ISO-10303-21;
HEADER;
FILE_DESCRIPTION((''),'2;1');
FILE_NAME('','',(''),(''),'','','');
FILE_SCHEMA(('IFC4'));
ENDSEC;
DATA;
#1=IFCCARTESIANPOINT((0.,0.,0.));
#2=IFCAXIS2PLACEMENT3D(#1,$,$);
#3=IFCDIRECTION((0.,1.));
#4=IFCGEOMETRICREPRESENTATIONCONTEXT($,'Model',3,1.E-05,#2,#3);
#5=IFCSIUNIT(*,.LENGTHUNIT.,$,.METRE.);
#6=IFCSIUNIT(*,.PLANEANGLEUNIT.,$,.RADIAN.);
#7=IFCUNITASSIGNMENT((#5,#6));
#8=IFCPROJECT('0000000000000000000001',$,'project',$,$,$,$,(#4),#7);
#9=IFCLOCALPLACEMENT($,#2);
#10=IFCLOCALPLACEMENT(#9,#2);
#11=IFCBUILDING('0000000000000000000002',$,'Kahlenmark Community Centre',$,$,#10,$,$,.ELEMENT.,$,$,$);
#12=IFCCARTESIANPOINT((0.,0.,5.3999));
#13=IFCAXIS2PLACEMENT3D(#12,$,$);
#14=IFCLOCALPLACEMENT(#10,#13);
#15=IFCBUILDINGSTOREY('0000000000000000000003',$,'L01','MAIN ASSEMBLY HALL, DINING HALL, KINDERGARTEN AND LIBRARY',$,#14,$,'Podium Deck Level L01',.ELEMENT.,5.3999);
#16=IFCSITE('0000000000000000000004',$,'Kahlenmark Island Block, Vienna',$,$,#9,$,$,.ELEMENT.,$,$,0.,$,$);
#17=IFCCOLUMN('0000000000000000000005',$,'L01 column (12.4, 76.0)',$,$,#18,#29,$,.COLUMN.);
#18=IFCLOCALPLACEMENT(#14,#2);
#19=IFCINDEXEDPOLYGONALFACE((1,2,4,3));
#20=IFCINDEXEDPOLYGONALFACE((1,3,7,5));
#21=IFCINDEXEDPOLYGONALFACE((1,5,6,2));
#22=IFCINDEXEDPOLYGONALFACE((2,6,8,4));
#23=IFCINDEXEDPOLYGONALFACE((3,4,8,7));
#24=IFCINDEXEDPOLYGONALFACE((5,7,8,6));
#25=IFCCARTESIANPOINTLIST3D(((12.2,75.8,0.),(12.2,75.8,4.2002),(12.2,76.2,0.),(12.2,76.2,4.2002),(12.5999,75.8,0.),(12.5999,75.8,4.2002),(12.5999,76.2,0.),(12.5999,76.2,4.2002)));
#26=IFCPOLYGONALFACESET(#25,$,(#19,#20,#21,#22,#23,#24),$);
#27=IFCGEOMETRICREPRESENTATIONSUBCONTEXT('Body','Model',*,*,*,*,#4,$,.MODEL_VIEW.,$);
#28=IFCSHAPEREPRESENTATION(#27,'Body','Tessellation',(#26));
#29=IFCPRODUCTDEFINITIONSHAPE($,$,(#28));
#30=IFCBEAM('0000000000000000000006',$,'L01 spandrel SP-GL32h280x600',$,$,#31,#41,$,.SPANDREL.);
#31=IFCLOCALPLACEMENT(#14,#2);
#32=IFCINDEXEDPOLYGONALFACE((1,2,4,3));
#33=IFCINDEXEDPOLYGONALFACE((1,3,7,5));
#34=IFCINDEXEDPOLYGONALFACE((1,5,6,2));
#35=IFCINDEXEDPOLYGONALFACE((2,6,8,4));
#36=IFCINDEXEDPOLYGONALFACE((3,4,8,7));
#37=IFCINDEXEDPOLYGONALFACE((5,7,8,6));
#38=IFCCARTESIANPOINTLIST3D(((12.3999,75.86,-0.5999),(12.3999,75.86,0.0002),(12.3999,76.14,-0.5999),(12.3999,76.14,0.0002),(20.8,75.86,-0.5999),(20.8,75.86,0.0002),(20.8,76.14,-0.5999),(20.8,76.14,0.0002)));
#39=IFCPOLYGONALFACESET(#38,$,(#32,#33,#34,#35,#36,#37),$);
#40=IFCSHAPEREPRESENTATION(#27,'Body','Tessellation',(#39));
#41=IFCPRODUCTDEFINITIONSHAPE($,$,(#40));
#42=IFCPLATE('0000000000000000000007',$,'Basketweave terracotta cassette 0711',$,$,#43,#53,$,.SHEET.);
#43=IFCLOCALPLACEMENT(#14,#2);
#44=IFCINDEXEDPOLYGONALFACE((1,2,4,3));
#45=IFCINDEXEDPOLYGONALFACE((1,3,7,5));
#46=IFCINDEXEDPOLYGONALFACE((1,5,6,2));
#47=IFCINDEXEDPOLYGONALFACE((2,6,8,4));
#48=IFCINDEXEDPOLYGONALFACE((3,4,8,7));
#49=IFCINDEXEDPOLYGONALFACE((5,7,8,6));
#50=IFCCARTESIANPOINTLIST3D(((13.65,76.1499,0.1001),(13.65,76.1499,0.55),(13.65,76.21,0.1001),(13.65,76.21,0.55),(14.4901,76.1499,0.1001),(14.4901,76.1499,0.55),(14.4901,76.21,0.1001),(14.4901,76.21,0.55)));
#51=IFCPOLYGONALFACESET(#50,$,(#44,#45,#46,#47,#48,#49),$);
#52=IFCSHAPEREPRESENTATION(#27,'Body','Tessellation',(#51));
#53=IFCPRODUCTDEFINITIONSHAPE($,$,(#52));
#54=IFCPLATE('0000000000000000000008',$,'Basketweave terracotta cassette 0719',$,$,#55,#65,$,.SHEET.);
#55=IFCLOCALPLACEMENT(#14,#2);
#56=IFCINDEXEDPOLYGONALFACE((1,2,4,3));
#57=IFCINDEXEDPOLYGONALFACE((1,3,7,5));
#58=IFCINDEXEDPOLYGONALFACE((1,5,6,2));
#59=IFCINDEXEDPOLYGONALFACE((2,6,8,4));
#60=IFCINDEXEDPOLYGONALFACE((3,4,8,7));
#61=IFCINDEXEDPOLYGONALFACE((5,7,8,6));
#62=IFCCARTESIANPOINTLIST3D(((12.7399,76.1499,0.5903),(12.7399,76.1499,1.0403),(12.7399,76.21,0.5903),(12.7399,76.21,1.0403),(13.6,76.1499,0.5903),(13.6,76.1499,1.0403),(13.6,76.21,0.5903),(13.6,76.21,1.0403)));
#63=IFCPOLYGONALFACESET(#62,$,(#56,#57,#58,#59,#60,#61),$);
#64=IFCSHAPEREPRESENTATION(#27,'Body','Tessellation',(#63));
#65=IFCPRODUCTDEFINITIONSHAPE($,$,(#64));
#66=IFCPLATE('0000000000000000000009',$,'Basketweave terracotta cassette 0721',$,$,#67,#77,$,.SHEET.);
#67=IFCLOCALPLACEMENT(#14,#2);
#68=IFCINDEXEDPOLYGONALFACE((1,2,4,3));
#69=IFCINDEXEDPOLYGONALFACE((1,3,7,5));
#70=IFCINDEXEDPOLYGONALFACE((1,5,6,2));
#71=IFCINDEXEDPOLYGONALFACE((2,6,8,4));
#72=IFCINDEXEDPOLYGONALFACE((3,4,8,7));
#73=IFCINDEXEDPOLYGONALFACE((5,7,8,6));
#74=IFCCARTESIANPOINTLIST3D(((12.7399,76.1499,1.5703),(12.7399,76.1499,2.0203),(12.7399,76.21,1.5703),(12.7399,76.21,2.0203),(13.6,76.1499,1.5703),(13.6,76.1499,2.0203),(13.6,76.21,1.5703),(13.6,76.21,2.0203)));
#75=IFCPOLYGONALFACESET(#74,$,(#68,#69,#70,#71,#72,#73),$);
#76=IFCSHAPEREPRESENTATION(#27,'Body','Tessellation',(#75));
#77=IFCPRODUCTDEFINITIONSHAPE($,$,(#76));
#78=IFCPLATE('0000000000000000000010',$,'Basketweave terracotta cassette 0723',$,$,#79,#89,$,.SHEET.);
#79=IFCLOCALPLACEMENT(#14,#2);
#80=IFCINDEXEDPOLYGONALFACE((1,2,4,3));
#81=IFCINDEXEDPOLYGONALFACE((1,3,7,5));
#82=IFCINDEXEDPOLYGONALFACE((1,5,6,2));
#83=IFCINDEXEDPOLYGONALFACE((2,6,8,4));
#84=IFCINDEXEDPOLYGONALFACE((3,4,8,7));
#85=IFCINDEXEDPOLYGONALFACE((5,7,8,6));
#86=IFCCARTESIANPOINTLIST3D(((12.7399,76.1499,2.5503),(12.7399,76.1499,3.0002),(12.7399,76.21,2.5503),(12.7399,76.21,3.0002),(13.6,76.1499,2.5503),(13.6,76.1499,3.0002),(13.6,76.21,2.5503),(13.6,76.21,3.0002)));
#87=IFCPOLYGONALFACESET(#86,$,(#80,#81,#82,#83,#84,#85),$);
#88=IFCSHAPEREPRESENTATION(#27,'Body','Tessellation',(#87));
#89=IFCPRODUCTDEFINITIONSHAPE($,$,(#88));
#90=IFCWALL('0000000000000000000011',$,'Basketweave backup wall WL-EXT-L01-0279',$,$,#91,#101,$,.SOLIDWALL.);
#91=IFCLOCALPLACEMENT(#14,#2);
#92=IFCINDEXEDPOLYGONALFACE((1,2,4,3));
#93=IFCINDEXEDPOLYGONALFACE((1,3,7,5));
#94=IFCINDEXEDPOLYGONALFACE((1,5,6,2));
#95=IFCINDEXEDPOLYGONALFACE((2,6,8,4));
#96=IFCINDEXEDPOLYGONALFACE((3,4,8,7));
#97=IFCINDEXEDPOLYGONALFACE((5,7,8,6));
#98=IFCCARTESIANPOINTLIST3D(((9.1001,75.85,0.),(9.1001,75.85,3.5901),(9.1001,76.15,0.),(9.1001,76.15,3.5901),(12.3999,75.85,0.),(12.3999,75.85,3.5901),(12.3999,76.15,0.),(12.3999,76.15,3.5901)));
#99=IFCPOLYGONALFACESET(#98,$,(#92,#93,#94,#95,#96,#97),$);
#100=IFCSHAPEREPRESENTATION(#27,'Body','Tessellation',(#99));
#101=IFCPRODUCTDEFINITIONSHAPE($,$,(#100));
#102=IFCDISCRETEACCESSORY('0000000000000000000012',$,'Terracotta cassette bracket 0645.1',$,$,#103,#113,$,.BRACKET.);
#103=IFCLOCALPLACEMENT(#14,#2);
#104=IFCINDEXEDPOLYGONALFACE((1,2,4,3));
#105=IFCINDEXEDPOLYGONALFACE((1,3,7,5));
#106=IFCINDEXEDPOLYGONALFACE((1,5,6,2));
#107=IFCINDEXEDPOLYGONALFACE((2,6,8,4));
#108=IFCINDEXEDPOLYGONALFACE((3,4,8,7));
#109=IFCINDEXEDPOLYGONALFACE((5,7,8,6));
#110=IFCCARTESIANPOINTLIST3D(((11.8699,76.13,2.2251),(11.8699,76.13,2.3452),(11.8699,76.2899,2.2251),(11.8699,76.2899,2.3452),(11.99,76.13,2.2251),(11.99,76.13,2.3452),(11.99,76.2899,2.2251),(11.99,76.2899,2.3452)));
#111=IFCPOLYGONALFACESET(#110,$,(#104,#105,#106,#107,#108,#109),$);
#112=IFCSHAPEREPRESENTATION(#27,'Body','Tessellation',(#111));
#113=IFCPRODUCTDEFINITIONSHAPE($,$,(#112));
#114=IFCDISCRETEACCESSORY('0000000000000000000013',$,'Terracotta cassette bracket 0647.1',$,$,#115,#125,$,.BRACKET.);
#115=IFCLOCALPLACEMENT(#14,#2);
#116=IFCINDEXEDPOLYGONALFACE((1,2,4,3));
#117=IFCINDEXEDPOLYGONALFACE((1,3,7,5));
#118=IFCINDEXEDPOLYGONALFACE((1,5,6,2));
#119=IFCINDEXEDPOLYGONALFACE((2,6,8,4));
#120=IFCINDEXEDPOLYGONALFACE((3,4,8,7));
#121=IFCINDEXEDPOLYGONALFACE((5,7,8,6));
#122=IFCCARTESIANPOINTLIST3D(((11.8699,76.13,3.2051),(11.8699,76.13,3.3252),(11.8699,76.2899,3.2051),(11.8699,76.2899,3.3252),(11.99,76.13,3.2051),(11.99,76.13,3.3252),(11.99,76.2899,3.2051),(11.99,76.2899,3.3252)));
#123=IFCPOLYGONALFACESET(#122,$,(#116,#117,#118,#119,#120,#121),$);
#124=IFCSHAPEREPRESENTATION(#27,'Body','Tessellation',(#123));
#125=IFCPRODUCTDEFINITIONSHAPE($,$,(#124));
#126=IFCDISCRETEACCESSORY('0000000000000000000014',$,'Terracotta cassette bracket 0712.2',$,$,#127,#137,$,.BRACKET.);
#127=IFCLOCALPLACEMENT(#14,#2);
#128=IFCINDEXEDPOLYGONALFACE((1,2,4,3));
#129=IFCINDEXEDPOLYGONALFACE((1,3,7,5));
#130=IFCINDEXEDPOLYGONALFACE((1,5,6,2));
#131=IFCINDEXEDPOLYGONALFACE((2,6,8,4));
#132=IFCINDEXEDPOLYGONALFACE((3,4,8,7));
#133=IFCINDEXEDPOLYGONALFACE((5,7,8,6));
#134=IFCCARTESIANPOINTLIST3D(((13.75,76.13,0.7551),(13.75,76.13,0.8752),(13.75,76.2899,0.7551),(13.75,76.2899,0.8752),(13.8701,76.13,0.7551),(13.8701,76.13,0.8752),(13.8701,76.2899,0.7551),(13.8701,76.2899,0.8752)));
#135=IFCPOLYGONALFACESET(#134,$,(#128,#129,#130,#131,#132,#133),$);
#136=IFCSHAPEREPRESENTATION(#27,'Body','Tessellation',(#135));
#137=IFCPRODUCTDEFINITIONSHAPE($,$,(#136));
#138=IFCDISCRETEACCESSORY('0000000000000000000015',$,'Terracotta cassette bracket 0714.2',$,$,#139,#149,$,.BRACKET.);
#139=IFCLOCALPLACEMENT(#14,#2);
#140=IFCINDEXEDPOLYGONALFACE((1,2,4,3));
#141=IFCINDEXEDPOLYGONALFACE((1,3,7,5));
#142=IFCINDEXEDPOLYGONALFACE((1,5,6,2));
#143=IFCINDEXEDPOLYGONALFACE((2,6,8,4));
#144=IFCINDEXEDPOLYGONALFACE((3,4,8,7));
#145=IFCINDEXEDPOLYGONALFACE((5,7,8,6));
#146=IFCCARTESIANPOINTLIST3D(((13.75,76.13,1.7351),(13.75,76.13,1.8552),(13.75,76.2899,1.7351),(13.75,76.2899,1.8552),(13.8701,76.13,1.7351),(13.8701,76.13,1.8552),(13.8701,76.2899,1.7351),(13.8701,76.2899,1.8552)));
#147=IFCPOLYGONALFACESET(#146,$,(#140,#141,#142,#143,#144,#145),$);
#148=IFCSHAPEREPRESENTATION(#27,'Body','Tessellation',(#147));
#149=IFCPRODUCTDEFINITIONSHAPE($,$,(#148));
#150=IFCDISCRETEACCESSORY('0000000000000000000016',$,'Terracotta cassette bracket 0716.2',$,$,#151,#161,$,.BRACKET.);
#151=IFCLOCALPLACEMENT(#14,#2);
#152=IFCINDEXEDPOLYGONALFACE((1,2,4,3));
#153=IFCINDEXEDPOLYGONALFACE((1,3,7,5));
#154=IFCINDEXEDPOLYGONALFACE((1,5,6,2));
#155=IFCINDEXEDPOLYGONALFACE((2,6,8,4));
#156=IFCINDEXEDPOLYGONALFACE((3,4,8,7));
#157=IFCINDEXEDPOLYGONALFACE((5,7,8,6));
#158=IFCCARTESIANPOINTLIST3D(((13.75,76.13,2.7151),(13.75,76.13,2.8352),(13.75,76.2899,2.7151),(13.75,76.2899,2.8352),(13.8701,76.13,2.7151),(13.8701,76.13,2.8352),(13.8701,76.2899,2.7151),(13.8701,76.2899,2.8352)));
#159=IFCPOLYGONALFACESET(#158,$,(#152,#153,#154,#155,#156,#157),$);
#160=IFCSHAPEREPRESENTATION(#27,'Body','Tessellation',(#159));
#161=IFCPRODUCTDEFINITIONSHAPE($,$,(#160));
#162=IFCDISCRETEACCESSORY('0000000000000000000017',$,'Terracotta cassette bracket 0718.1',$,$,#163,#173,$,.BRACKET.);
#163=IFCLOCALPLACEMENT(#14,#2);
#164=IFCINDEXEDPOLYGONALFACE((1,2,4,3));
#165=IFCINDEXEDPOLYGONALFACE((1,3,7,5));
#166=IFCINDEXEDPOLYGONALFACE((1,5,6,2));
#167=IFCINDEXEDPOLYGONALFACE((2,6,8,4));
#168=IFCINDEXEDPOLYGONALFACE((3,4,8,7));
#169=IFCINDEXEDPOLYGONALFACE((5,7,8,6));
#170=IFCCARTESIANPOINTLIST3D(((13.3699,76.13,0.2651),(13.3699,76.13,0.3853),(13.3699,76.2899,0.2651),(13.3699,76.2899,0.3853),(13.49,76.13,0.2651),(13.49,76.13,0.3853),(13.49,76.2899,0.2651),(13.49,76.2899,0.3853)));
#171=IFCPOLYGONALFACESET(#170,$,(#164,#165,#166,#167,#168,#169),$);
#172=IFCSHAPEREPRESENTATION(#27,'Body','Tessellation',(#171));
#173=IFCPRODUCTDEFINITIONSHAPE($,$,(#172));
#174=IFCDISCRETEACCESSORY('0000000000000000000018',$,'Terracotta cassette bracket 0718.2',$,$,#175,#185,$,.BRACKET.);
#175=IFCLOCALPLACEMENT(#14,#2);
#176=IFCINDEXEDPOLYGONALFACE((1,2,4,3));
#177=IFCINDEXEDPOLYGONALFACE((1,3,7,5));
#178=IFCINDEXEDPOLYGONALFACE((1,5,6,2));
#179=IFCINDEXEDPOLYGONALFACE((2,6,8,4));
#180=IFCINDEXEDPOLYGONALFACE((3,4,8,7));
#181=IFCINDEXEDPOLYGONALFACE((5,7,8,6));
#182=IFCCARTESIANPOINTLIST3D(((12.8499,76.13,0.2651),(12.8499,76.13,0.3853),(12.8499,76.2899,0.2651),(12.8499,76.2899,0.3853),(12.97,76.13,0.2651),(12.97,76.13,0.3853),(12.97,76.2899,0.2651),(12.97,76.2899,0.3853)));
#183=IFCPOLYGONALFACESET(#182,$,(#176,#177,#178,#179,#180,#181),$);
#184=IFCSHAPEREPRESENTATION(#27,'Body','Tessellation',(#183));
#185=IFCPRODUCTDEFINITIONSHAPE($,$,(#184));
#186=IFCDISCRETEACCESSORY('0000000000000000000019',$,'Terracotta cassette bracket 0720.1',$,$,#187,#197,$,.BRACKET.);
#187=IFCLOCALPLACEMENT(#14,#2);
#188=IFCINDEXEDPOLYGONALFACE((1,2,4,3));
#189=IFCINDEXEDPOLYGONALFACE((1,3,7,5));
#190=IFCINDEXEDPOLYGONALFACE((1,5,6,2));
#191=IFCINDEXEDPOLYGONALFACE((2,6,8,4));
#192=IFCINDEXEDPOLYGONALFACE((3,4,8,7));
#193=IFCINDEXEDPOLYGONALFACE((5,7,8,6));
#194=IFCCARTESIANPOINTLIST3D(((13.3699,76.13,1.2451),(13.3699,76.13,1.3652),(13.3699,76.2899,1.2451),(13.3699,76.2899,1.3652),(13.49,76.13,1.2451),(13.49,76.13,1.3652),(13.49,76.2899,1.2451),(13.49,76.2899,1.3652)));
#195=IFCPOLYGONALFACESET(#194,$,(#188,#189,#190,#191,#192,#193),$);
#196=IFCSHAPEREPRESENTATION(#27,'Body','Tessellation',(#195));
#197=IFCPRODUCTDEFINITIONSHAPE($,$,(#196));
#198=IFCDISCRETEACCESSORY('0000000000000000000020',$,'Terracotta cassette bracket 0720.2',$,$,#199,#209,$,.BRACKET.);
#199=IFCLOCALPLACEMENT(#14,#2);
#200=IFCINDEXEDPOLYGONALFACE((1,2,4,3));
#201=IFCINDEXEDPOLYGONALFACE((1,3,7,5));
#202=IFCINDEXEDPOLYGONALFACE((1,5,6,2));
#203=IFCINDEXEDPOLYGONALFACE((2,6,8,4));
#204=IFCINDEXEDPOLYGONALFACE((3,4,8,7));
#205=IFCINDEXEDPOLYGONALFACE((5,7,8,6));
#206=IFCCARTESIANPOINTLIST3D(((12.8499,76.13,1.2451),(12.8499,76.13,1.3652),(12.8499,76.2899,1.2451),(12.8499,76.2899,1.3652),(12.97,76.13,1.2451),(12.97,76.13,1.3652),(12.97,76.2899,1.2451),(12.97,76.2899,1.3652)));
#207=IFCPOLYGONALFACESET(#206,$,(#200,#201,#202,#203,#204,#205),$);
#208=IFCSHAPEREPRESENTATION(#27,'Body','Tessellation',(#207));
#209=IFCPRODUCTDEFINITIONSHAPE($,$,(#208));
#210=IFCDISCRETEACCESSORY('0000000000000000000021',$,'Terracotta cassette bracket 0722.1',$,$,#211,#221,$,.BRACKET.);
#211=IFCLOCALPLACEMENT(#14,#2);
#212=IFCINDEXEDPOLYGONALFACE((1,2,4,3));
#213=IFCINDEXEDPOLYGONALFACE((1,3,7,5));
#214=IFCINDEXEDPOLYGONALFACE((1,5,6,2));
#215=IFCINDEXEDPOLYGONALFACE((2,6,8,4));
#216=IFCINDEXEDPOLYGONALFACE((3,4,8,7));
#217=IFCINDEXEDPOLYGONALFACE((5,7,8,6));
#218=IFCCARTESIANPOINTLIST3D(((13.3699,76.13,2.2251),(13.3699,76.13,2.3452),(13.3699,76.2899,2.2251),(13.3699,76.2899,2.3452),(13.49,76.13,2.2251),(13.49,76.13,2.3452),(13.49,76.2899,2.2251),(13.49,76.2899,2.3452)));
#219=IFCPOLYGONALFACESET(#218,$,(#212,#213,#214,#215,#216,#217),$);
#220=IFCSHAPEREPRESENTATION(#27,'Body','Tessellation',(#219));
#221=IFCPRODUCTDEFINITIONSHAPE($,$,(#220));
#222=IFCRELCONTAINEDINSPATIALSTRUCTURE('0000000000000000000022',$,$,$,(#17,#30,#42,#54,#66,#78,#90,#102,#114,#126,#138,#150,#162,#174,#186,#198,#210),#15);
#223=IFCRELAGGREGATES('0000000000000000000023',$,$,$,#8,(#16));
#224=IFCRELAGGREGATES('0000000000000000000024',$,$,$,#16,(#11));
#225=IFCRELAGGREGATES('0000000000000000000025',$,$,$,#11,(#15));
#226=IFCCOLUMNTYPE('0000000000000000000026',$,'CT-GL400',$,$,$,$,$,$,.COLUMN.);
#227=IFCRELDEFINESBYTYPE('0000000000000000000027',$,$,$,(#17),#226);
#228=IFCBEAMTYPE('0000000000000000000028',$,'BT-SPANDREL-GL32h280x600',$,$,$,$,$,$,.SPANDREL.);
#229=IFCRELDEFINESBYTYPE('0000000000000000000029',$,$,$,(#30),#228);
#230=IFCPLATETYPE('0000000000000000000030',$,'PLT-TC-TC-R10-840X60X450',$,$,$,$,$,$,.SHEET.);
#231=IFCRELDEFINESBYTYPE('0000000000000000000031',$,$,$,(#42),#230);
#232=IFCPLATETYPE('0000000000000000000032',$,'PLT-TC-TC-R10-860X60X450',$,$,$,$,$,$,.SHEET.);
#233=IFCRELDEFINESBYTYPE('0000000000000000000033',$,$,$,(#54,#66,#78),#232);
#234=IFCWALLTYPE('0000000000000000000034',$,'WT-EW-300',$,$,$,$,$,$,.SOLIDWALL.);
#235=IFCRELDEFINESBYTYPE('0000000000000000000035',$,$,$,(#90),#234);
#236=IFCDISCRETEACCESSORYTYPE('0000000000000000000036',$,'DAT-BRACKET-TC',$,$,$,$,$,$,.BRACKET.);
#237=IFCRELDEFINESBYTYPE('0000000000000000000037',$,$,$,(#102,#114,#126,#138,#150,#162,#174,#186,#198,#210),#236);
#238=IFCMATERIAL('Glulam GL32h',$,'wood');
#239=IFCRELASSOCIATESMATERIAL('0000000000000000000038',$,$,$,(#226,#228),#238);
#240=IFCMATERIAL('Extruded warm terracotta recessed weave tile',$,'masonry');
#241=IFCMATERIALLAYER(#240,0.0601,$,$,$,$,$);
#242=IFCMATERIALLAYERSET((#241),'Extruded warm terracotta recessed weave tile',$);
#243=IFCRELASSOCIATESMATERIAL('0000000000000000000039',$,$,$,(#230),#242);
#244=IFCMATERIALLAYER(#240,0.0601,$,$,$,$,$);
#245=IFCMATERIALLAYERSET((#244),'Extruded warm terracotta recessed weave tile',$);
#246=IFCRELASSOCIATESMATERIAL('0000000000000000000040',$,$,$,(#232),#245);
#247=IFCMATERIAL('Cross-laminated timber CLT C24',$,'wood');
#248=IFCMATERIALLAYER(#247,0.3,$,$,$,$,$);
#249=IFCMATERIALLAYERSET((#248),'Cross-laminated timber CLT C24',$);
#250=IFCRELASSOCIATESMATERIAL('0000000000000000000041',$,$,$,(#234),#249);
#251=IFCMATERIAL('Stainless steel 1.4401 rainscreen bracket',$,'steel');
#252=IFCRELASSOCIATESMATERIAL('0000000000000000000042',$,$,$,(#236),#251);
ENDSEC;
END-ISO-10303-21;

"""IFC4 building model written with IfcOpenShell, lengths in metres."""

from ifc_helpers import new_model, si_unit, direction, frame, frame_2d, origin, origin_2d, place, context, subcontext, project, spatial, rectangle, extrude, material, layer, layer_set, material_profile, profile_set, type_object, element, save


model = new_model("IFC4")

# Units and contexts
model_context = context("Model", 3, precision=1e-05, world=origin(), true_north=direction((0.0, 1.0)))
body_context = subcontext(model_context, "Body", "Model", "MODEL_VIEW")
ifc_project = project(units=[si_unit("LENGTHUNIT", "METRE"), si_unit("PLANEANGLEUNIT", "RADIAN")], contexts=[model_context])

# Site, building, storey
site_placement = place(None, origin())
site = spatial("IfcSite", under=ifc_project, at=site_placement, Name="Kahlenmark Island Block, Vienna", CompositionType="ELEMENT", RefElevation=0.0)
building_placement = place(site_placement, origin())
building = spatial("IfcBuilding", under=site, at=building_placement, Name="Kahlenmark Community Centre", CompositionType="ELEMENT")
storey_placement = place(building_placement, frame((0.0, 0.0, 5.3999)))
storey = spatial("IfcBuildingStorey", under=building, at=storey_placement, Name="L01", Description="MAIN ASSEMBLY HALL, DINING HALL, KINDERGARTEN AND LIBRARY", LongName="Podium Deck Level L01", CompositionType="ELEMENT", Elevation=5.3999)

# Column
ifc_material_1 = material(Name="Glulam GL32h", Category="wood")
ifc_material_profile_1 = material_profile(ifc_material_1, rectangle(XDim=0.3999, YDim=0.3999, at=origin_2d()), Name="GL32h 400x400")
ifc_profile_set_1 = profile_set([ifc_material_profile_1], Name="Glulam GL32h")
column_type = type_object("IfcColumnType", Name="CT-GL400", PredefinedType="COLUMN", material=ifc_profile_set_1)
column_placement = place(storey_placement, frame((12.3999, 76.0, 0.0), z_axis=(0.0, 0.0, 1.0), x_axis=(1.0, 0.0, 0.0)))
element("IfcColumn", 1, at=column_placement, inside=storey, type_object=column_type, Name="L01 column (12.4, 76.0)", PredefinedType="COLUMN", context=body_context, shape_type="SweptSolid", body=[
    extrude(rectangle(XDim=0.3999, YDim=0.3999, at=origin_2d()), origin(), (0.0, 0.0, 1.0), 4.2002),
])

# Beam
ifc_material_profile_2 = material_profile(ifc_material_1, rectangle(XDim=0.28, YDim=0.6001, at=origin_2d()), Name="GL32h 280x600")
ifc_profile_set_2 = profile_set([ifc_material_profile_2], Name="Glulam GL32h")
beam_type = type_object("IfcBeamType", Name="BT-SPANDREL-GL32h280x600", PredefinedType="SPANDREL", material=ifc_profile_set_2)
beam_placement = place(storey_placement, frame((12.3999, 76.0, -0.2998), z_axis=(1.0, 0.0, 0.0), x_axis=(0.0, 1.0, 0.0)))
element("IfcBeam", 2, at=beam_placement, inside=storey, type_object=beam_type, Name="L01 spandrel SP-GL32h280x600", PredefinedType="SPANDREL", context=body_context, shape_type="SweptSolid", body=[
    extrude(rectangle(XDim=0.28, YDim=0.6001, at=origin_2d()), origin(), (0.0, 0.0, 1.0), 8.4001),
])

# Plates
ifc_material_2 = material(Name="Extruded warm terracotta recessed weave tile", Category="masonry")
ifc_layer_1 = layer(ifc_material_2, 0.0601)
ifc_layer_set_1 = layer_set([ifc_layer_1], Name="Extruded warm terracotta recessed weave tile")
plate_type_1 = type_object("IfcPlateType", Name="PLT-TC-TC-R10-840X60X450", PredefinedType="SHEET", material=ifc_layer_set_1)
plate_placement = place(storey_placement, frame((14.0701, 76.1799, 0.1001), z_axis=(0.0, 0.0, 1.0), x_axis=(-1.0, 0.0, 0.0)))
element("IfcPlate", 3, at=plate_placement, inside=storey, type_object=plate_type_1, Name="Basketweave terracotta cassette 0711", PredefinedType="SHEET", context=body_context, shape_type="SweptSolid", body=[
    extrude(rectangle(XDim=0.8401, YDim=0.0601, at=origin_2d()), origin(), (0.0, 0.0, 1.0), 0.45),
])
ifc_layer_2 = layer(ifc_material_2, 0.0601)
ifc_layer_set_2 = layer_set([ifc_layer_2], Name="Extruded warm terracotta recessed weave tile")
plate_type_2 = type_object("IfcPlateType", Name="PLT-TC-TC-R10-860X60X450", PredefinedType="SHEET", material=ifc_layer_set_2)
for number, where, z_axis, x_axis, name in (
    (4, (13.1699, 76.1799, 0.5903), (0.0, 0.0, 1.0), (-1.0, 0.0, 0.0), "Basketweave terracotta cassette 0719"),
    (5, (13.1699, 76.1799, 1.5703), (0.0, 0.0, 1.0), (-1.0, 0.0, 0.0), "Basketweave terracotta cassette 0721"),
    (6, (13.1699, 76.1799, 2.5503), (0.0, 0.0, 1.0), (-1.0, 0.0, 0.0), "Basketweave terracotta cassette 0723"),
):
    element("IfcPlate", number, at=place(storey_placement, frame(where, z_axis=z_axis, x_axis=x_axis)), inside=storey, type_object=plate_type_2, Name=name, PredefinedType="SHEET", context=body_context, shape_type="SweptSolid", body=[
        extrude(rectangle(XDim=0.8601, YDim=0.0601, at=origin_2d()), origin(), (0.0, 0.0, 1.0), 0.45),
    ])

# Wall
ifc_material_3 = material(Name="Cross-laminated timber CLT C24", Category="wood")
ifc_layer_3 = layer(ifc_material_3, 0.3)
ifc_layer_set_3 = layer_set([ifc_layer_3], Name="Cross-laminated timber CLT C24")
wall_type = type_object("IfcWallType", Name="WT-EW-300", PredefinedType="SOLIDWALL", material=ifc_layer_set_3)
wall_placement = place(storey_placement, frame((12.3999, 76.0, 0.0), z_axis=(0.0, 0.0, 1.0), x_axis=(-1.0, 0.0, 0.0)))
element("IfcWall", 7, at=wall_placement, inside=storey, type_object=wall_type, Name="Basketweave backup wall WL-EXT-L01-0279", PredefinedType="SOLIDWALL", context=body_context, shape_type="SweptSolid", body=[
    extrude(rectangle(XDim=3.2998, YDim=0.3, at=frame_2d((1.6499, 0.0))), origin(), (0.0, 0.0, 1.0), 3.5901),
])

# Discrete accessories
ifc_material_4 = material(Name="Stainless steel 1.4401 rainscreen bracket", Category="steel")
discrete_accessory_type = type_object("IfcDiscreteAccessoryType", Name="DAT-BRACKET-TC", PredefinedType="BRACKET", material=ifc_material_4)
for number, where, z_axis, x_axis, name in (
    (8, (11.9299, 76.21, 2.2251), (0.0, 0.0, 1.0), (-1.0, 0.0, 0.0), "Terracotta cassette bracket 0645.1"),
    (9, (11.9299, 76.21, 3.2051), (0.0, 0.0, 1.0), (-1.0, 0.0, 0.0), "Terracotta cassette bracket 0647.1"),
    (10, (13.8101, 76.21, 0.7551), (0.0, 0.0, 1.0), (-1.0, 0.0, 0.0), "Terracotta cassette bracket 0712.2"),
    (11, (13.8101, 76.21, 1.7351), (0.0, 0.0, 1.0), (-1.0, 0.0, 0.0), "Terracotta cassette bracket 0714.2"),
    (12, (13.8101, 76.21, 2.7151), (0.0, 0.0, 1.0), (-1.0, 0.0, 0.0), "Terracotta cassette bracket 0716.2"),
    (13, (13.4299, 76.21, 0.2651), (0.0, 0.0, 1.0), (-1.0, 0.0, 0.0), "Terracotta cassette bracket 0718.1"),
    (14, (12.9099, 76.21, 0.2651), (0.0, 0.0, 1.0), (-1.0, 0.0, 0.0), "Terracotta cassette bracket 0718.2"),
    (15, (13.4299, 76.21, 1.2451), (0.0, 0.0, 1.0), (-1.0, 0.0, 0.0), "Terracotta cassette bracket 0720.1"),
    (16, (12.9099, 76.21, 1.2451), (0.0, 0.0, 1.0), (-1.0, 0.0, 0.0), "Terracotta cassette bracket 0720.2"),
    (17, (13.4299, 76.21, 2.2251), (0.0, 0.0, 1.0), (-1.0, 0.0, 0.0), "Terracotta cassette bracket 0722.1"),
):
    element("IfcDiscreteAccessory", number, at=place(storey_placement, frame(where, z_axis=z_axis, x_axis=x_axis)), inside=storey, type_object=discrete_accessory_type, Name=name, PredefinedType="BRACKET", context=body_context, shape_type="SweptSolid", body=[
        extrude(rectangle(XDim=0.1201, YDim=0.1599, at=origin_2d()), origin(), (0.0, 0.0, 1.0), 0.1201),
    ])

save(model, "model.ifc")
